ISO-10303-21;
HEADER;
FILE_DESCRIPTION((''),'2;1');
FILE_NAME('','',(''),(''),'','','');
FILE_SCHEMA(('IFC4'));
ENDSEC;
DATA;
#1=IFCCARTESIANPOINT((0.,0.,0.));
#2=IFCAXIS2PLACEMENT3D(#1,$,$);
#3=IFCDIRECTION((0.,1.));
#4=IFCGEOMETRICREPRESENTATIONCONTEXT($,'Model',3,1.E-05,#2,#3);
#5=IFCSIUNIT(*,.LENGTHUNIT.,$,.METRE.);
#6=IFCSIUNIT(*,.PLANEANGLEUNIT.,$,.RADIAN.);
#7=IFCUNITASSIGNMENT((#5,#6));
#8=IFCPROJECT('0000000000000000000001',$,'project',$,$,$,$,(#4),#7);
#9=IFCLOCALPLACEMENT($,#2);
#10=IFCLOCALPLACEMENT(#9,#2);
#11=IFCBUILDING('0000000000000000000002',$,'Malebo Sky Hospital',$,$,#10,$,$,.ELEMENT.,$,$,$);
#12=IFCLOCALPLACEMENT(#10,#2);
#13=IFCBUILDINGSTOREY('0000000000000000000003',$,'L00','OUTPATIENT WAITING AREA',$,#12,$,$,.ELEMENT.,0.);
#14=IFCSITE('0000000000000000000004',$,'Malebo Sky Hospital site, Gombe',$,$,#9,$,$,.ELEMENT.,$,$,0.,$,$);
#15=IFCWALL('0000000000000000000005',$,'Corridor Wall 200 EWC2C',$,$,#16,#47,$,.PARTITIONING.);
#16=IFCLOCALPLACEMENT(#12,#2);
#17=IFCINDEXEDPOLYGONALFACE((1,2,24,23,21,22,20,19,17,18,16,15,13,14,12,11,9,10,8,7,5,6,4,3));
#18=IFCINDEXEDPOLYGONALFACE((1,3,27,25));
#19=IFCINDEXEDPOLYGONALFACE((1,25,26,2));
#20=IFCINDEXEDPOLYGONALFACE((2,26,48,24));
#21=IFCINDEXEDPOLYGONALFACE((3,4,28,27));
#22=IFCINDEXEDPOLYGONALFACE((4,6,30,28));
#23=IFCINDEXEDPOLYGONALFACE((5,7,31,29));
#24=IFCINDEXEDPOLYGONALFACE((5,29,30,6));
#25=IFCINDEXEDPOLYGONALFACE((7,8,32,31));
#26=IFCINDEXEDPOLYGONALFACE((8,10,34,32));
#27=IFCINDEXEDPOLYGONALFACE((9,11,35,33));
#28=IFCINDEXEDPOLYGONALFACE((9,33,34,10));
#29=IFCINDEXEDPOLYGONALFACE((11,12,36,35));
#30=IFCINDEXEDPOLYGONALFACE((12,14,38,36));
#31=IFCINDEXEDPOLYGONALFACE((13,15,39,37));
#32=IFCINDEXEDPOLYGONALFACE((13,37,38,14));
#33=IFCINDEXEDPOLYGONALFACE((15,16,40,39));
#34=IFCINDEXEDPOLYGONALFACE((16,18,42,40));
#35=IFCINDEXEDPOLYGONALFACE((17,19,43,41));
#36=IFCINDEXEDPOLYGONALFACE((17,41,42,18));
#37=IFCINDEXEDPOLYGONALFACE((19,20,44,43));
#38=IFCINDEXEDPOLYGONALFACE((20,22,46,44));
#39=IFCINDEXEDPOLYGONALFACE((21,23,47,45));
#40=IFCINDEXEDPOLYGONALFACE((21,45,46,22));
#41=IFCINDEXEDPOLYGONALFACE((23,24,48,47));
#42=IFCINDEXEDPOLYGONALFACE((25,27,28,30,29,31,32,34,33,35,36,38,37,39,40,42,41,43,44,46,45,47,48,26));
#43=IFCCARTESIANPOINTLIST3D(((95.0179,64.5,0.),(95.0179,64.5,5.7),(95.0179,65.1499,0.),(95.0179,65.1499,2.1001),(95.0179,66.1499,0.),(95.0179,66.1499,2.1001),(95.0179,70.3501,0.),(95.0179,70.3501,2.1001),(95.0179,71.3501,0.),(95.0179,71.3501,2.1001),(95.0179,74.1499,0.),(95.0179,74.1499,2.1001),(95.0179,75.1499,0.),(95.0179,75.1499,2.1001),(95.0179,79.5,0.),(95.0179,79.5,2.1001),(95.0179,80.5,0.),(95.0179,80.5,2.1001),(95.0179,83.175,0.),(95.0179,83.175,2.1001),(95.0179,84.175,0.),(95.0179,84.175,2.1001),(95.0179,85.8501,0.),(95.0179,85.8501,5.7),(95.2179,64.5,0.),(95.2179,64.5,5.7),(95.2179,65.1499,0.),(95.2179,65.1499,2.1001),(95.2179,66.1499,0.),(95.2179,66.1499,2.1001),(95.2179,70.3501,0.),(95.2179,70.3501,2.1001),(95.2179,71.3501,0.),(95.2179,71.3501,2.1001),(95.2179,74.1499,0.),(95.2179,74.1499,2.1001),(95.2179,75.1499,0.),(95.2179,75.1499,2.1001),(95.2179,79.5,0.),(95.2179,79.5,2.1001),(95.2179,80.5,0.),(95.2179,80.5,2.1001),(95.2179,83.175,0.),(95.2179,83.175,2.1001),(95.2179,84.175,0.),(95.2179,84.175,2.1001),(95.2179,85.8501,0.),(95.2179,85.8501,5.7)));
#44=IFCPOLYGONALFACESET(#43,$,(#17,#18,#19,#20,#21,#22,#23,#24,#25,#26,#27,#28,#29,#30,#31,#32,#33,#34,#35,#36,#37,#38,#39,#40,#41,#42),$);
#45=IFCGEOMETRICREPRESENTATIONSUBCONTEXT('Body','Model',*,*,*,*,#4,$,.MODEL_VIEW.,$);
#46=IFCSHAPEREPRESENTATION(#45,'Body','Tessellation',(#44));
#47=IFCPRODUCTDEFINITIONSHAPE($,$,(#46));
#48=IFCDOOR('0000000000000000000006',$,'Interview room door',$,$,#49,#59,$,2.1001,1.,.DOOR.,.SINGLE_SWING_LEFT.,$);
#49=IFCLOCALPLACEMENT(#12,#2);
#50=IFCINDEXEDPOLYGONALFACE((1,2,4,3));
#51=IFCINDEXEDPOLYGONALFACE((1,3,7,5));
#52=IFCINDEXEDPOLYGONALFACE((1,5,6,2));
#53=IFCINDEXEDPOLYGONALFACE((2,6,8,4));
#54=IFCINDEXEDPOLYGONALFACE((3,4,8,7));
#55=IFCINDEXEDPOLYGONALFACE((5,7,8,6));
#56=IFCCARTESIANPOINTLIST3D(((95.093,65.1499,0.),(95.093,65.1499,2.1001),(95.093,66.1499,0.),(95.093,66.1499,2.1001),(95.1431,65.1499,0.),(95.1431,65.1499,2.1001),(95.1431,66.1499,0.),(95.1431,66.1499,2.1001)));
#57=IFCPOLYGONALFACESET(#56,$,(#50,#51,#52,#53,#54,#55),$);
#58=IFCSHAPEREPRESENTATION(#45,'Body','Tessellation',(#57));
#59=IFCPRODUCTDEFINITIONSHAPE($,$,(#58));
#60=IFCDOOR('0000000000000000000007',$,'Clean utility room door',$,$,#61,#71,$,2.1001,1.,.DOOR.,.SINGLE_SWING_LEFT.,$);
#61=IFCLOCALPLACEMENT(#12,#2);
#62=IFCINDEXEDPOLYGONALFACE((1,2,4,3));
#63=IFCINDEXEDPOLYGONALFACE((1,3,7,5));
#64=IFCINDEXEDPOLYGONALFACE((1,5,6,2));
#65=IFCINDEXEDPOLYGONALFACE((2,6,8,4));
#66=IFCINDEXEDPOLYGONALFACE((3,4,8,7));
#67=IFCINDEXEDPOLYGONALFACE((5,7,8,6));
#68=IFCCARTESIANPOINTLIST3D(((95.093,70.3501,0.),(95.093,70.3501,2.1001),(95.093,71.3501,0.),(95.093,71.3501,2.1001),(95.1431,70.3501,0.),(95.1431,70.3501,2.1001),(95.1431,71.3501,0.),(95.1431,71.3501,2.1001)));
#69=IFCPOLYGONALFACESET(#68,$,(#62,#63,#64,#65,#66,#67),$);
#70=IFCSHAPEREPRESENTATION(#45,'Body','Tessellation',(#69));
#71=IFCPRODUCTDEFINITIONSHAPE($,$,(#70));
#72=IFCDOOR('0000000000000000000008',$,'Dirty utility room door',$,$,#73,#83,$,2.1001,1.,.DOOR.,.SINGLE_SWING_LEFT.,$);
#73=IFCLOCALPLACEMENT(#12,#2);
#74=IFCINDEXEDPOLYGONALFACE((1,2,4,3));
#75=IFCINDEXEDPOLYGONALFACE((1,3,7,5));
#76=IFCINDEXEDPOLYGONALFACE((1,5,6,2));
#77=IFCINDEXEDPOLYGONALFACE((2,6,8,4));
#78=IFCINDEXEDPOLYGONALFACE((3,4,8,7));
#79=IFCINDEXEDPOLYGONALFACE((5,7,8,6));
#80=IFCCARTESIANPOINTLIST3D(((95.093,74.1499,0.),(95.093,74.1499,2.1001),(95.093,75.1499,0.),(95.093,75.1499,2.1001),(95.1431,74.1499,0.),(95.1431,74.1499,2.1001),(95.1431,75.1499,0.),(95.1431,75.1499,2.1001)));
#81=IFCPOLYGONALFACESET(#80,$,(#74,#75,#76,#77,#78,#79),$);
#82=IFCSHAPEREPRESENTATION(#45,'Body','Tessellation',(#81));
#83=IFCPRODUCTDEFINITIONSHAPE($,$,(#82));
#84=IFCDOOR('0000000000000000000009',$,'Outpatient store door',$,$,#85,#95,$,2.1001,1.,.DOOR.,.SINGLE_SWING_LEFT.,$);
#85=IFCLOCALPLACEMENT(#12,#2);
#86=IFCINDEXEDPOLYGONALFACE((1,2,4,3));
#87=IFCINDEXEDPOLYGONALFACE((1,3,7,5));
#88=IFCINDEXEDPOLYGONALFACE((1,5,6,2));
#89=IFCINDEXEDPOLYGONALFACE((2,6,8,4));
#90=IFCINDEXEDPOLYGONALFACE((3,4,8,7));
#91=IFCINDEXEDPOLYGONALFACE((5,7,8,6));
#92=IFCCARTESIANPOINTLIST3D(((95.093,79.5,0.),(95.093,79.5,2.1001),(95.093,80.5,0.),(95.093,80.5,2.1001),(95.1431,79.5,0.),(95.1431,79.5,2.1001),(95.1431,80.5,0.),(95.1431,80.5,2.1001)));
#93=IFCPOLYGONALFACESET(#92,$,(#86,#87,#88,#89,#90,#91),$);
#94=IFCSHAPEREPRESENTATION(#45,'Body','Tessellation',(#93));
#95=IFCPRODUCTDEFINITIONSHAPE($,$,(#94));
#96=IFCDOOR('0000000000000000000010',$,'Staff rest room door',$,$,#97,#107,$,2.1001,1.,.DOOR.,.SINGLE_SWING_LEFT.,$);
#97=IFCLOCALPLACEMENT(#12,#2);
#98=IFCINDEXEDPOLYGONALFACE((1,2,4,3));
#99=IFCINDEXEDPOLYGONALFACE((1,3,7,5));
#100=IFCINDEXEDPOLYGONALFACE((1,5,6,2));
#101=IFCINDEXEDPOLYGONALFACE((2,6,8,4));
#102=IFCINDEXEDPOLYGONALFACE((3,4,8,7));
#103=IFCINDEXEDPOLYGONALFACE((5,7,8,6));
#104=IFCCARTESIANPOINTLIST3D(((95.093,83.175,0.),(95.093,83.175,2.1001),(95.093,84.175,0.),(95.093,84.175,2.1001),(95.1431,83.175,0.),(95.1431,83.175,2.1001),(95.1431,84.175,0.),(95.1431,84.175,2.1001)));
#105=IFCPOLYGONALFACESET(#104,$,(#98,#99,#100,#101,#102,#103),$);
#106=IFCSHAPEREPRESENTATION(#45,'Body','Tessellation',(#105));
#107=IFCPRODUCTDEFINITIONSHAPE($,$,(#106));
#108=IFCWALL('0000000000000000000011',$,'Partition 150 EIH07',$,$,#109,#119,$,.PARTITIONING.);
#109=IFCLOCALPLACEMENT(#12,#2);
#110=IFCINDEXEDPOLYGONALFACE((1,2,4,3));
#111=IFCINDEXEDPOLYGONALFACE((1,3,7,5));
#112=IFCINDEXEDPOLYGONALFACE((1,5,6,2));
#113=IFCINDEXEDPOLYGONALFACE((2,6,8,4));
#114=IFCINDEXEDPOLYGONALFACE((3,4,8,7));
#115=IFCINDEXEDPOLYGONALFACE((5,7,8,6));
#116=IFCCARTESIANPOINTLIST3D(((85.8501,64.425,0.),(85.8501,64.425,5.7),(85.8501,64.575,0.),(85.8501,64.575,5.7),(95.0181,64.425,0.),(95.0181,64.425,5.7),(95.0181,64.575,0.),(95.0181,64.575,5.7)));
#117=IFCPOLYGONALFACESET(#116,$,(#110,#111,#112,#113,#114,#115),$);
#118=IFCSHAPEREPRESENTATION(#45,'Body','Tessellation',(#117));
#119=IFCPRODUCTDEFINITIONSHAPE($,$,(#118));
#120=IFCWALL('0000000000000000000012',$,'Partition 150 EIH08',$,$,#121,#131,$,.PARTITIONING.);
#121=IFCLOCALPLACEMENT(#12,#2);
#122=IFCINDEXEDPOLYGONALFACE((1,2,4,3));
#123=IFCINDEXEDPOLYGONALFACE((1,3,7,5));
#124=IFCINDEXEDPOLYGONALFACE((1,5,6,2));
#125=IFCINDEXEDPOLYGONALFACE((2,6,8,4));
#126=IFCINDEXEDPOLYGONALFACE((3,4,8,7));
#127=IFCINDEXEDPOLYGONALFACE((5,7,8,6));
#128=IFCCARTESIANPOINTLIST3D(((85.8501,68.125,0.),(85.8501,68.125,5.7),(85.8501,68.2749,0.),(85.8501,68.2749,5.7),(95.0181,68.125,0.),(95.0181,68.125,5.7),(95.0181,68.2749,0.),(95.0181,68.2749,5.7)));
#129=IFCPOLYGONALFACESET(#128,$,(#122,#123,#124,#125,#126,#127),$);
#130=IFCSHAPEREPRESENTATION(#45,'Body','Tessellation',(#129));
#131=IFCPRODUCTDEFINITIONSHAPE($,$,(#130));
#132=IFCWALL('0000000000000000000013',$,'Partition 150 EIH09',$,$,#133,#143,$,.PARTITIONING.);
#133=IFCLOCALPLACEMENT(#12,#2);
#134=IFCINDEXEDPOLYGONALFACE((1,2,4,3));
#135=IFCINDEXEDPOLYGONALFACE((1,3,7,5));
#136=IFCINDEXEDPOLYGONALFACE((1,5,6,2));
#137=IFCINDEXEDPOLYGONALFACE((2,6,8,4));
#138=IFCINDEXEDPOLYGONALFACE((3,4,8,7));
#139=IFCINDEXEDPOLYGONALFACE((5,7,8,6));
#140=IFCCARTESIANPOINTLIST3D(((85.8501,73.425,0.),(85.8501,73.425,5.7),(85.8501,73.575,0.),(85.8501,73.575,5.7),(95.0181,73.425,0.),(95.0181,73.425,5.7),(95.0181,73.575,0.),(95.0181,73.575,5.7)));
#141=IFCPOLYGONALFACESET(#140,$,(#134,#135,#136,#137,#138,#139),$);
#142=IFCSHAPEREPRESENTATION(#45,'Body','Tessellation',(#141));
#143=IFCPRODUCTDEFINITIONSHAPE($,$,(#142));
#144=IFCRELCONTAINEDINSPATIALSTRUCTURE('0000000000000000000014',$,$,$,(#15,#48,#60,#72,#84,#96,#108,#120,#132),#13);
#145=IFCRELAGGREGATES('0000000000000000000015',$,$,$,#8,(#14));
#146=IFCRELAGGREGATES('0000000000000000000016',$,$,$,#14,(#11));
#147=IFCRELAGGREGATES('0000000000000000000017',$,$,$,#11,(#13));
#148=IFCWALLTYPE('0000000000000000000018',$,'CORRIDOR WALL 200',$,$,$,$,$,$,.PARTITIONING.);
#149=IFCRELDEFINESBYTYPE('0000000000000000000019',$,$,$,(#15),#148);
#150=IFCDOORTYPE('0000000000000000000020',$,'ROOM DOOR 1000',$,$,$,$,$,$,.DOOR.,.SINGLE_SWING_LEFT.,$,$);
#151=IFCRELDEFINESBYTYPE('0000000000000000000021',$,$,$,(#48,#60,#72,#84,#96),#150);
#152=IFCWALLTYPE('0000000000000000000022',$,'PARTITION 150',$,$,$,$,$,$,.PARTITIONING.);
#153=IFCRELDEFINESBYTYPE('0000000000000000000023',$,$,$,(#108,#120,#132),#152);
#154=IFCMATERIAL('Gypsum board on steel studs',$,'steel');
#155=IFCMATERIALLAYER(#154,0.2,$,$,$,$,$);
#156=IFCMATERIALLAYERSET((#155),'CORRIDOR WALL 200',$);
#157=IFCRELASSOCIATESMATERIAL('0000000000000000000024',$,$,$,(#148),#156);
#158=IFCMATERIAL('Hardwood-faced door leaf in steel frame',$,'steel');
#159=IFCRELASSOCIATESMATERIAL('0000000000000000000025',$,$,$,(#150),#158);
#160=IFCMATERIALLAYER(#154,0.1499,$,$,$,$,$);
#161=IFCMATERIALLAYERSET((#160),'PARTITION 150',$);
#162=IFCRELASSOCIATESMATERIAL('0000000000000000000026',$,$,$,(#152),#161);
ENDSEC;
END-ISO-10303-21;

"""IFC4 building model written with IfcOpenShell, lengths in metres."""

from ifc_helpers import new_model, si_unit, direction, frame, frame_2d, origin, place, context, subcontext, project, spatial, rectangle, extrude, material, layer, layer_set, type_object, element, fill, save


model = new_model("IFC4")

# Units and contexts
model_context = context("Model", 3, precision=1e-05, world=origin(), true_north=direction((0.0, 1.0)))
body_context = subcontext(model_context, "Body", "Model", "MODEL_VIEW")
ifc_project = project(units=[si_unit("LENGTHUNIT", "METRE"), si_unit("PLANEANGLEUNIT", "RADIAN")], contexts=[model_context])

# Site, building, storey
site_placement = place(None, origin())
site = spatial("IfcSite", under=ifc_project, at=site_placement, Name="Malebo Sky Hospital site, Gombe", CompositionType="ELEMENT", RefElevation=0.0)
building_placement = place(site_placement, origin())
building = spatial("IfcBuilding", under=site, at=building_placement, Name="Malebo Sky Hospital", CompositionType="ELEMENT")
storey_placement = place(building_placement, origin())
storey = spatial("IfcBuildingStorey", under=building, at=storey_placement, Name="L00", Description="OUTPATIENT WAITING AREA", CompositionType="ELEMENT", Elevation=0.0)

# Wall, openings, doors
ifc_material_1 = material(Name="Gypsum board on steel studs", Category="steel")
ifc_layer_1 = layer(ifc_material_1, 0.2)
ifc_layer_set_1 = layer_set([ifc_layer_1], Name="CORRIDOR WALL 200")
wall_type_1 = type_object("IfcWallType", Name="CORRIDOR WALL 200", PredefinedType="PARTITIONING", material=ifc_layer_set_1)
wall_placement = place(storey_placement, frame((95.1179, 64.5, 0.0), z_axis=(0.0, 0.0, 1.0), x_axis=(0.0, 1.0, 0.0)))
wall = element("IfcWall", 1, at=wall_placement, inside=storey, type_object=wall_type_1, Name="Corridor Wall 200 EWC2C", PredefinedType="PARTITIONING", context=body_context, shape_type="SweptSolid", body=[
    extrude(rectangle(XDim=21.3501, YDim=0.2, at=frame_2d((10.675, 0.0))), origin(), (0.0, 0.0, 1.0), 5.7),
])
opening_1_placement = place(wall_placement, frame((0.6499, 0.0, 0.0)))
opening_1 = element("IfcOpeningElement", 2, at=opening_1_placement, cuts=wall, PredefinedType="OPENING", context=body_context, shape_type="SweptSolid", body=[
    extrude(rectangle(XDim=1.0, YDim=2.1001, at=frame_2d((0.5, 1.05))), frame((0.0, 0.1099, 0.0), z_axis=(0.0, -1.0, 0.0), x_axis=(1.0, 0.0, 0.0)), (0.0, 0.0, 1.0), 0.22),
])
opening_2_placement = place(wall_placement, frame((5.8501, 0.0, 0.0)))
opening_2 = element("IfcOpeningElement", 3, at=opening_2_placement, cuts=wall, PredefinedType="OPENING", context=body_context, shape_type="SweptSolid", body=[
    extrude(rectangle(XDim=1.0, YDim=2.1001, at=frame_2d((0.5, 1.05))), frame((0.0, 0.1099, 0.0), z_axis=(0.0, -1.0, 0.0), x_axis=(1.0, 0.0, 0.0)), (0.0, 0.0, 1.0), 0.22),
])
opening_3_placement = place(wall_placement, frame((9.6499, 0.0, 0.0)))
opening_3 = element("IfcOpeningElement", 4, at=opening_3_placement, cuts=wall, PredefinedType="OPENING", context=body_context, shape_type="SweptSolid", body=[
    extrude(rectangle(XDim=1.0, YDim=2.1001, at=frame_2d((0.5, 1.05))), frame((0.0, 0.1099, 0.0), z_axis=(0.0, -1.0, 0.0), x_axis=(1.0, 0.0, 0.0)), (0.0, 0.0, 1.0), 0.22),
])
opening_4_placement = place(wall_placement, frame((15.0, 0.0, 0.0)))
opening_4 = element("IfcOpeningElement", 5, at=opening_4_placement, cuts=wall, PredefinedType="OPENING", context=body_context, shape_type="SweptSolid", body=[
    extrude(rectangle(XDim=1.0, YDim=2.1001, at=frame_2d((0.5, 1.05))), frame((0.0, 0.1099, 0.0), z_axis=(0.0, -1.0, 0.0), x_axis=(1.0, 0.0, 0.0)), (0.0, 0.0, 1.0), 0.22),
])
opening_5_placement = place(wall_placement, frame((18.675, 0.0, 0.0)))
opening_5 = element("IfcOpeningElement", 6, at=opening_5_placement, cuts=wall, PredefinedType="OPENING", context=body_context, shape_type="SweptSolid", body=[
    extrude(rectangle(XDim=1.0, YDim=2.1001, at=frame_2d((0.5, 1.05))), frame((0.0, 0.1099, 0.0), z_axis=(0.0, -1.0, 0.0), x_axis=(1.0, 0.0, 0.0)), (0.0, 0.0, 1.0), 0.22),
])
ifc_material_2 = material(Name="Hardwood-faced door leaf in steel frame", Category="steel")
door_type = type_object("IfcDoorType", Name="ROOM DOOR 1000", OperationType="SINGLE_SWING_LEFT", PredefinedType="DOOR", material=ifc_material_2)
door_1_placement = place(opening_1_placement, origin())
door_1 = element("IfcDoor", 7, at=door_1_placement, inside=storey, type_object=door_type, Name="Interview room door", OperationType="SINGLE_SWING_LEFT", OverallHeight=2.1001, OverallWidth=1.0, PredefinedType="DOOR", context=body_context, shape_type="SweptSolid", body=[
    extrude(rectangle(XDim=1.0, YDim=2.1001, at=frame_2d((0.5, 1.05))), frame((0.0, 0.0249, 0.0), z_axis=(0.0, -1.0, 0.0), x_axis=(1.0, 0.0, 0.0)), (0.0, 0.0, 1.0), 0.05),
])
fill(opening_1, door_1)
door_2_placement = place(opening_2_placement, origin())
door_2 = element("IfcDoor", 8, at=door_2_placement, inside=storey, type_object=door_type, Name="Clean utility room door", OperationType="SINGLE_SWING_LEFT", OverallHeight=2.1001, OverallWidth=1.0, PredefinedType="DOOR", context=body_context, shape_type="SweptSolid", body=[
    extrude(rectangle(XDim=1.0, YDim=2.1001, at=frame_2d((0.5, 1.05))), frame((0.0, 0.0249, 0.0), z_axis=(0.0, -1.0, 0.0), x_axis=(1.0, 0.0, 0.0)), (0.0, 0.0, 1.0), 0.05),
])
fill(opening_2, door_2)
door_3_placement = place(opening_3_placement, origin())
door_3 = element("IfcDoor", 9, at=door_3_placement, inside=storey, type_object=door_type, Name="Dirty utility room door", OperationType="SINGLE_SWING_LEFT", OverallHeight=2.1001, OverallWidth=1.0, PredefinedType="DOOR", context=body_context, shape_type="SweptSolid", body=[
    extrude(rectangle(XDim=1.0, YDim=2.1001, at=frame_2d((0.5, 1.05))), frame((0.0, 0.0249, 0.0), z_axis=(0.0, -1.0, 0.0), x_axis=(1.0, 0.0, 0.0)), (0.0, 0.0, 1.0), 0.05),
])
fill(opening_3, door_3)
door_4_placement = place(opening_4_placement, origin())
door_4 = element("IfcDoor", 10, at=door_4_placement, inside=storey, type_object=door_type, Name="Outpatient store door", OperationType="SINGLE_SWING_LEFT", OverallHeight=2.1001, OverallWidth=1.0, PredefinedType="DOOR", context=body_context, shape_type="SweptSolid", body=[
    extrude(rectangle(XDim=1.0, YDim=2.1001, at=frame_2d((0.5, 1.05))), frame((0.0, 0.0249, 0.0), z_axis=(0.0, -1.0, 0.0), x_axis=(1.0, 0.0, 0.0)), (0.0, 0.0, 1.0), 0.05),
])
fill(opening_4, door_4)
door_5_placement = place(opening_5_placement, origin())
door_5 = element("IfcDoor", 11, at=door_5_placement, inside=storey, type_object=door_type, Name="Staff rest room door", OperationType="SINGLE_SWING_LEFT", OverallHeight=2.1001, OverallWidth=1.0, PredefinedType="DOOR", context=body_context, shape_type="SweptSolid", body=[
    extrude(rectangle(XDim=1.0, YDim=2.1001, at=frame_2d((0.5, 1.05))), frame((0.0, 0.0249, 0.0), z_axis=(0.0, -1.0, 0.0), x_axis=(1.0, 0.0, 0.0)), (0.0, 0.0, 1.0), 0.05),
])
fill(opening_5, door_5)

# Walls
ifc_layer_2 = layer(ifc_material_1, 0.1499)
ifc_layer_set_2 = layer_set([ifc_layer_2], Name="PARTITION 150")
wall_type_2 = type_object("IfcWallType", Name="PARTITION 150", PredefinedType="PARTITIONING", material=ifc_layer_set_2)
for number, where, z_axis, x_axis, name in (
    (12, (95.0181, 64.5, 0.0), (0.0, 0.0, 1.0), (-1.0, 0.0, 0.0), "Partition 150 EIH07"),
    (13, (95.0181, 68.2, 0.0), (0.0, 0.0, 1.0), (-1.0, 0.0, 0.0), "Partition 150 EIH08"),
    (14, (95.0181, 73.5, 0.0), (0.0, 0.0, 1.0), (-1.0, 0.0, 0.0), "Partition 150 EIH09"),
):
    element("IfcWall", number, at=place(storey_placement, frame(where, z_axis=z_axis, x_axis=x_axis)), inside=storey, type_object=wall_type_2, Name=name, PredefinedType="PARTITIONING", context=body_context, shape_type="SweptSolid", body=[
        extrude(rectangle(XDim=9.168, YDim=0.1499, at=frame_2d((4.584, 0.0))), origin(), (0.0, 0.0, 1.0), 5.7),
    ])

save(model, "model.ifc")
